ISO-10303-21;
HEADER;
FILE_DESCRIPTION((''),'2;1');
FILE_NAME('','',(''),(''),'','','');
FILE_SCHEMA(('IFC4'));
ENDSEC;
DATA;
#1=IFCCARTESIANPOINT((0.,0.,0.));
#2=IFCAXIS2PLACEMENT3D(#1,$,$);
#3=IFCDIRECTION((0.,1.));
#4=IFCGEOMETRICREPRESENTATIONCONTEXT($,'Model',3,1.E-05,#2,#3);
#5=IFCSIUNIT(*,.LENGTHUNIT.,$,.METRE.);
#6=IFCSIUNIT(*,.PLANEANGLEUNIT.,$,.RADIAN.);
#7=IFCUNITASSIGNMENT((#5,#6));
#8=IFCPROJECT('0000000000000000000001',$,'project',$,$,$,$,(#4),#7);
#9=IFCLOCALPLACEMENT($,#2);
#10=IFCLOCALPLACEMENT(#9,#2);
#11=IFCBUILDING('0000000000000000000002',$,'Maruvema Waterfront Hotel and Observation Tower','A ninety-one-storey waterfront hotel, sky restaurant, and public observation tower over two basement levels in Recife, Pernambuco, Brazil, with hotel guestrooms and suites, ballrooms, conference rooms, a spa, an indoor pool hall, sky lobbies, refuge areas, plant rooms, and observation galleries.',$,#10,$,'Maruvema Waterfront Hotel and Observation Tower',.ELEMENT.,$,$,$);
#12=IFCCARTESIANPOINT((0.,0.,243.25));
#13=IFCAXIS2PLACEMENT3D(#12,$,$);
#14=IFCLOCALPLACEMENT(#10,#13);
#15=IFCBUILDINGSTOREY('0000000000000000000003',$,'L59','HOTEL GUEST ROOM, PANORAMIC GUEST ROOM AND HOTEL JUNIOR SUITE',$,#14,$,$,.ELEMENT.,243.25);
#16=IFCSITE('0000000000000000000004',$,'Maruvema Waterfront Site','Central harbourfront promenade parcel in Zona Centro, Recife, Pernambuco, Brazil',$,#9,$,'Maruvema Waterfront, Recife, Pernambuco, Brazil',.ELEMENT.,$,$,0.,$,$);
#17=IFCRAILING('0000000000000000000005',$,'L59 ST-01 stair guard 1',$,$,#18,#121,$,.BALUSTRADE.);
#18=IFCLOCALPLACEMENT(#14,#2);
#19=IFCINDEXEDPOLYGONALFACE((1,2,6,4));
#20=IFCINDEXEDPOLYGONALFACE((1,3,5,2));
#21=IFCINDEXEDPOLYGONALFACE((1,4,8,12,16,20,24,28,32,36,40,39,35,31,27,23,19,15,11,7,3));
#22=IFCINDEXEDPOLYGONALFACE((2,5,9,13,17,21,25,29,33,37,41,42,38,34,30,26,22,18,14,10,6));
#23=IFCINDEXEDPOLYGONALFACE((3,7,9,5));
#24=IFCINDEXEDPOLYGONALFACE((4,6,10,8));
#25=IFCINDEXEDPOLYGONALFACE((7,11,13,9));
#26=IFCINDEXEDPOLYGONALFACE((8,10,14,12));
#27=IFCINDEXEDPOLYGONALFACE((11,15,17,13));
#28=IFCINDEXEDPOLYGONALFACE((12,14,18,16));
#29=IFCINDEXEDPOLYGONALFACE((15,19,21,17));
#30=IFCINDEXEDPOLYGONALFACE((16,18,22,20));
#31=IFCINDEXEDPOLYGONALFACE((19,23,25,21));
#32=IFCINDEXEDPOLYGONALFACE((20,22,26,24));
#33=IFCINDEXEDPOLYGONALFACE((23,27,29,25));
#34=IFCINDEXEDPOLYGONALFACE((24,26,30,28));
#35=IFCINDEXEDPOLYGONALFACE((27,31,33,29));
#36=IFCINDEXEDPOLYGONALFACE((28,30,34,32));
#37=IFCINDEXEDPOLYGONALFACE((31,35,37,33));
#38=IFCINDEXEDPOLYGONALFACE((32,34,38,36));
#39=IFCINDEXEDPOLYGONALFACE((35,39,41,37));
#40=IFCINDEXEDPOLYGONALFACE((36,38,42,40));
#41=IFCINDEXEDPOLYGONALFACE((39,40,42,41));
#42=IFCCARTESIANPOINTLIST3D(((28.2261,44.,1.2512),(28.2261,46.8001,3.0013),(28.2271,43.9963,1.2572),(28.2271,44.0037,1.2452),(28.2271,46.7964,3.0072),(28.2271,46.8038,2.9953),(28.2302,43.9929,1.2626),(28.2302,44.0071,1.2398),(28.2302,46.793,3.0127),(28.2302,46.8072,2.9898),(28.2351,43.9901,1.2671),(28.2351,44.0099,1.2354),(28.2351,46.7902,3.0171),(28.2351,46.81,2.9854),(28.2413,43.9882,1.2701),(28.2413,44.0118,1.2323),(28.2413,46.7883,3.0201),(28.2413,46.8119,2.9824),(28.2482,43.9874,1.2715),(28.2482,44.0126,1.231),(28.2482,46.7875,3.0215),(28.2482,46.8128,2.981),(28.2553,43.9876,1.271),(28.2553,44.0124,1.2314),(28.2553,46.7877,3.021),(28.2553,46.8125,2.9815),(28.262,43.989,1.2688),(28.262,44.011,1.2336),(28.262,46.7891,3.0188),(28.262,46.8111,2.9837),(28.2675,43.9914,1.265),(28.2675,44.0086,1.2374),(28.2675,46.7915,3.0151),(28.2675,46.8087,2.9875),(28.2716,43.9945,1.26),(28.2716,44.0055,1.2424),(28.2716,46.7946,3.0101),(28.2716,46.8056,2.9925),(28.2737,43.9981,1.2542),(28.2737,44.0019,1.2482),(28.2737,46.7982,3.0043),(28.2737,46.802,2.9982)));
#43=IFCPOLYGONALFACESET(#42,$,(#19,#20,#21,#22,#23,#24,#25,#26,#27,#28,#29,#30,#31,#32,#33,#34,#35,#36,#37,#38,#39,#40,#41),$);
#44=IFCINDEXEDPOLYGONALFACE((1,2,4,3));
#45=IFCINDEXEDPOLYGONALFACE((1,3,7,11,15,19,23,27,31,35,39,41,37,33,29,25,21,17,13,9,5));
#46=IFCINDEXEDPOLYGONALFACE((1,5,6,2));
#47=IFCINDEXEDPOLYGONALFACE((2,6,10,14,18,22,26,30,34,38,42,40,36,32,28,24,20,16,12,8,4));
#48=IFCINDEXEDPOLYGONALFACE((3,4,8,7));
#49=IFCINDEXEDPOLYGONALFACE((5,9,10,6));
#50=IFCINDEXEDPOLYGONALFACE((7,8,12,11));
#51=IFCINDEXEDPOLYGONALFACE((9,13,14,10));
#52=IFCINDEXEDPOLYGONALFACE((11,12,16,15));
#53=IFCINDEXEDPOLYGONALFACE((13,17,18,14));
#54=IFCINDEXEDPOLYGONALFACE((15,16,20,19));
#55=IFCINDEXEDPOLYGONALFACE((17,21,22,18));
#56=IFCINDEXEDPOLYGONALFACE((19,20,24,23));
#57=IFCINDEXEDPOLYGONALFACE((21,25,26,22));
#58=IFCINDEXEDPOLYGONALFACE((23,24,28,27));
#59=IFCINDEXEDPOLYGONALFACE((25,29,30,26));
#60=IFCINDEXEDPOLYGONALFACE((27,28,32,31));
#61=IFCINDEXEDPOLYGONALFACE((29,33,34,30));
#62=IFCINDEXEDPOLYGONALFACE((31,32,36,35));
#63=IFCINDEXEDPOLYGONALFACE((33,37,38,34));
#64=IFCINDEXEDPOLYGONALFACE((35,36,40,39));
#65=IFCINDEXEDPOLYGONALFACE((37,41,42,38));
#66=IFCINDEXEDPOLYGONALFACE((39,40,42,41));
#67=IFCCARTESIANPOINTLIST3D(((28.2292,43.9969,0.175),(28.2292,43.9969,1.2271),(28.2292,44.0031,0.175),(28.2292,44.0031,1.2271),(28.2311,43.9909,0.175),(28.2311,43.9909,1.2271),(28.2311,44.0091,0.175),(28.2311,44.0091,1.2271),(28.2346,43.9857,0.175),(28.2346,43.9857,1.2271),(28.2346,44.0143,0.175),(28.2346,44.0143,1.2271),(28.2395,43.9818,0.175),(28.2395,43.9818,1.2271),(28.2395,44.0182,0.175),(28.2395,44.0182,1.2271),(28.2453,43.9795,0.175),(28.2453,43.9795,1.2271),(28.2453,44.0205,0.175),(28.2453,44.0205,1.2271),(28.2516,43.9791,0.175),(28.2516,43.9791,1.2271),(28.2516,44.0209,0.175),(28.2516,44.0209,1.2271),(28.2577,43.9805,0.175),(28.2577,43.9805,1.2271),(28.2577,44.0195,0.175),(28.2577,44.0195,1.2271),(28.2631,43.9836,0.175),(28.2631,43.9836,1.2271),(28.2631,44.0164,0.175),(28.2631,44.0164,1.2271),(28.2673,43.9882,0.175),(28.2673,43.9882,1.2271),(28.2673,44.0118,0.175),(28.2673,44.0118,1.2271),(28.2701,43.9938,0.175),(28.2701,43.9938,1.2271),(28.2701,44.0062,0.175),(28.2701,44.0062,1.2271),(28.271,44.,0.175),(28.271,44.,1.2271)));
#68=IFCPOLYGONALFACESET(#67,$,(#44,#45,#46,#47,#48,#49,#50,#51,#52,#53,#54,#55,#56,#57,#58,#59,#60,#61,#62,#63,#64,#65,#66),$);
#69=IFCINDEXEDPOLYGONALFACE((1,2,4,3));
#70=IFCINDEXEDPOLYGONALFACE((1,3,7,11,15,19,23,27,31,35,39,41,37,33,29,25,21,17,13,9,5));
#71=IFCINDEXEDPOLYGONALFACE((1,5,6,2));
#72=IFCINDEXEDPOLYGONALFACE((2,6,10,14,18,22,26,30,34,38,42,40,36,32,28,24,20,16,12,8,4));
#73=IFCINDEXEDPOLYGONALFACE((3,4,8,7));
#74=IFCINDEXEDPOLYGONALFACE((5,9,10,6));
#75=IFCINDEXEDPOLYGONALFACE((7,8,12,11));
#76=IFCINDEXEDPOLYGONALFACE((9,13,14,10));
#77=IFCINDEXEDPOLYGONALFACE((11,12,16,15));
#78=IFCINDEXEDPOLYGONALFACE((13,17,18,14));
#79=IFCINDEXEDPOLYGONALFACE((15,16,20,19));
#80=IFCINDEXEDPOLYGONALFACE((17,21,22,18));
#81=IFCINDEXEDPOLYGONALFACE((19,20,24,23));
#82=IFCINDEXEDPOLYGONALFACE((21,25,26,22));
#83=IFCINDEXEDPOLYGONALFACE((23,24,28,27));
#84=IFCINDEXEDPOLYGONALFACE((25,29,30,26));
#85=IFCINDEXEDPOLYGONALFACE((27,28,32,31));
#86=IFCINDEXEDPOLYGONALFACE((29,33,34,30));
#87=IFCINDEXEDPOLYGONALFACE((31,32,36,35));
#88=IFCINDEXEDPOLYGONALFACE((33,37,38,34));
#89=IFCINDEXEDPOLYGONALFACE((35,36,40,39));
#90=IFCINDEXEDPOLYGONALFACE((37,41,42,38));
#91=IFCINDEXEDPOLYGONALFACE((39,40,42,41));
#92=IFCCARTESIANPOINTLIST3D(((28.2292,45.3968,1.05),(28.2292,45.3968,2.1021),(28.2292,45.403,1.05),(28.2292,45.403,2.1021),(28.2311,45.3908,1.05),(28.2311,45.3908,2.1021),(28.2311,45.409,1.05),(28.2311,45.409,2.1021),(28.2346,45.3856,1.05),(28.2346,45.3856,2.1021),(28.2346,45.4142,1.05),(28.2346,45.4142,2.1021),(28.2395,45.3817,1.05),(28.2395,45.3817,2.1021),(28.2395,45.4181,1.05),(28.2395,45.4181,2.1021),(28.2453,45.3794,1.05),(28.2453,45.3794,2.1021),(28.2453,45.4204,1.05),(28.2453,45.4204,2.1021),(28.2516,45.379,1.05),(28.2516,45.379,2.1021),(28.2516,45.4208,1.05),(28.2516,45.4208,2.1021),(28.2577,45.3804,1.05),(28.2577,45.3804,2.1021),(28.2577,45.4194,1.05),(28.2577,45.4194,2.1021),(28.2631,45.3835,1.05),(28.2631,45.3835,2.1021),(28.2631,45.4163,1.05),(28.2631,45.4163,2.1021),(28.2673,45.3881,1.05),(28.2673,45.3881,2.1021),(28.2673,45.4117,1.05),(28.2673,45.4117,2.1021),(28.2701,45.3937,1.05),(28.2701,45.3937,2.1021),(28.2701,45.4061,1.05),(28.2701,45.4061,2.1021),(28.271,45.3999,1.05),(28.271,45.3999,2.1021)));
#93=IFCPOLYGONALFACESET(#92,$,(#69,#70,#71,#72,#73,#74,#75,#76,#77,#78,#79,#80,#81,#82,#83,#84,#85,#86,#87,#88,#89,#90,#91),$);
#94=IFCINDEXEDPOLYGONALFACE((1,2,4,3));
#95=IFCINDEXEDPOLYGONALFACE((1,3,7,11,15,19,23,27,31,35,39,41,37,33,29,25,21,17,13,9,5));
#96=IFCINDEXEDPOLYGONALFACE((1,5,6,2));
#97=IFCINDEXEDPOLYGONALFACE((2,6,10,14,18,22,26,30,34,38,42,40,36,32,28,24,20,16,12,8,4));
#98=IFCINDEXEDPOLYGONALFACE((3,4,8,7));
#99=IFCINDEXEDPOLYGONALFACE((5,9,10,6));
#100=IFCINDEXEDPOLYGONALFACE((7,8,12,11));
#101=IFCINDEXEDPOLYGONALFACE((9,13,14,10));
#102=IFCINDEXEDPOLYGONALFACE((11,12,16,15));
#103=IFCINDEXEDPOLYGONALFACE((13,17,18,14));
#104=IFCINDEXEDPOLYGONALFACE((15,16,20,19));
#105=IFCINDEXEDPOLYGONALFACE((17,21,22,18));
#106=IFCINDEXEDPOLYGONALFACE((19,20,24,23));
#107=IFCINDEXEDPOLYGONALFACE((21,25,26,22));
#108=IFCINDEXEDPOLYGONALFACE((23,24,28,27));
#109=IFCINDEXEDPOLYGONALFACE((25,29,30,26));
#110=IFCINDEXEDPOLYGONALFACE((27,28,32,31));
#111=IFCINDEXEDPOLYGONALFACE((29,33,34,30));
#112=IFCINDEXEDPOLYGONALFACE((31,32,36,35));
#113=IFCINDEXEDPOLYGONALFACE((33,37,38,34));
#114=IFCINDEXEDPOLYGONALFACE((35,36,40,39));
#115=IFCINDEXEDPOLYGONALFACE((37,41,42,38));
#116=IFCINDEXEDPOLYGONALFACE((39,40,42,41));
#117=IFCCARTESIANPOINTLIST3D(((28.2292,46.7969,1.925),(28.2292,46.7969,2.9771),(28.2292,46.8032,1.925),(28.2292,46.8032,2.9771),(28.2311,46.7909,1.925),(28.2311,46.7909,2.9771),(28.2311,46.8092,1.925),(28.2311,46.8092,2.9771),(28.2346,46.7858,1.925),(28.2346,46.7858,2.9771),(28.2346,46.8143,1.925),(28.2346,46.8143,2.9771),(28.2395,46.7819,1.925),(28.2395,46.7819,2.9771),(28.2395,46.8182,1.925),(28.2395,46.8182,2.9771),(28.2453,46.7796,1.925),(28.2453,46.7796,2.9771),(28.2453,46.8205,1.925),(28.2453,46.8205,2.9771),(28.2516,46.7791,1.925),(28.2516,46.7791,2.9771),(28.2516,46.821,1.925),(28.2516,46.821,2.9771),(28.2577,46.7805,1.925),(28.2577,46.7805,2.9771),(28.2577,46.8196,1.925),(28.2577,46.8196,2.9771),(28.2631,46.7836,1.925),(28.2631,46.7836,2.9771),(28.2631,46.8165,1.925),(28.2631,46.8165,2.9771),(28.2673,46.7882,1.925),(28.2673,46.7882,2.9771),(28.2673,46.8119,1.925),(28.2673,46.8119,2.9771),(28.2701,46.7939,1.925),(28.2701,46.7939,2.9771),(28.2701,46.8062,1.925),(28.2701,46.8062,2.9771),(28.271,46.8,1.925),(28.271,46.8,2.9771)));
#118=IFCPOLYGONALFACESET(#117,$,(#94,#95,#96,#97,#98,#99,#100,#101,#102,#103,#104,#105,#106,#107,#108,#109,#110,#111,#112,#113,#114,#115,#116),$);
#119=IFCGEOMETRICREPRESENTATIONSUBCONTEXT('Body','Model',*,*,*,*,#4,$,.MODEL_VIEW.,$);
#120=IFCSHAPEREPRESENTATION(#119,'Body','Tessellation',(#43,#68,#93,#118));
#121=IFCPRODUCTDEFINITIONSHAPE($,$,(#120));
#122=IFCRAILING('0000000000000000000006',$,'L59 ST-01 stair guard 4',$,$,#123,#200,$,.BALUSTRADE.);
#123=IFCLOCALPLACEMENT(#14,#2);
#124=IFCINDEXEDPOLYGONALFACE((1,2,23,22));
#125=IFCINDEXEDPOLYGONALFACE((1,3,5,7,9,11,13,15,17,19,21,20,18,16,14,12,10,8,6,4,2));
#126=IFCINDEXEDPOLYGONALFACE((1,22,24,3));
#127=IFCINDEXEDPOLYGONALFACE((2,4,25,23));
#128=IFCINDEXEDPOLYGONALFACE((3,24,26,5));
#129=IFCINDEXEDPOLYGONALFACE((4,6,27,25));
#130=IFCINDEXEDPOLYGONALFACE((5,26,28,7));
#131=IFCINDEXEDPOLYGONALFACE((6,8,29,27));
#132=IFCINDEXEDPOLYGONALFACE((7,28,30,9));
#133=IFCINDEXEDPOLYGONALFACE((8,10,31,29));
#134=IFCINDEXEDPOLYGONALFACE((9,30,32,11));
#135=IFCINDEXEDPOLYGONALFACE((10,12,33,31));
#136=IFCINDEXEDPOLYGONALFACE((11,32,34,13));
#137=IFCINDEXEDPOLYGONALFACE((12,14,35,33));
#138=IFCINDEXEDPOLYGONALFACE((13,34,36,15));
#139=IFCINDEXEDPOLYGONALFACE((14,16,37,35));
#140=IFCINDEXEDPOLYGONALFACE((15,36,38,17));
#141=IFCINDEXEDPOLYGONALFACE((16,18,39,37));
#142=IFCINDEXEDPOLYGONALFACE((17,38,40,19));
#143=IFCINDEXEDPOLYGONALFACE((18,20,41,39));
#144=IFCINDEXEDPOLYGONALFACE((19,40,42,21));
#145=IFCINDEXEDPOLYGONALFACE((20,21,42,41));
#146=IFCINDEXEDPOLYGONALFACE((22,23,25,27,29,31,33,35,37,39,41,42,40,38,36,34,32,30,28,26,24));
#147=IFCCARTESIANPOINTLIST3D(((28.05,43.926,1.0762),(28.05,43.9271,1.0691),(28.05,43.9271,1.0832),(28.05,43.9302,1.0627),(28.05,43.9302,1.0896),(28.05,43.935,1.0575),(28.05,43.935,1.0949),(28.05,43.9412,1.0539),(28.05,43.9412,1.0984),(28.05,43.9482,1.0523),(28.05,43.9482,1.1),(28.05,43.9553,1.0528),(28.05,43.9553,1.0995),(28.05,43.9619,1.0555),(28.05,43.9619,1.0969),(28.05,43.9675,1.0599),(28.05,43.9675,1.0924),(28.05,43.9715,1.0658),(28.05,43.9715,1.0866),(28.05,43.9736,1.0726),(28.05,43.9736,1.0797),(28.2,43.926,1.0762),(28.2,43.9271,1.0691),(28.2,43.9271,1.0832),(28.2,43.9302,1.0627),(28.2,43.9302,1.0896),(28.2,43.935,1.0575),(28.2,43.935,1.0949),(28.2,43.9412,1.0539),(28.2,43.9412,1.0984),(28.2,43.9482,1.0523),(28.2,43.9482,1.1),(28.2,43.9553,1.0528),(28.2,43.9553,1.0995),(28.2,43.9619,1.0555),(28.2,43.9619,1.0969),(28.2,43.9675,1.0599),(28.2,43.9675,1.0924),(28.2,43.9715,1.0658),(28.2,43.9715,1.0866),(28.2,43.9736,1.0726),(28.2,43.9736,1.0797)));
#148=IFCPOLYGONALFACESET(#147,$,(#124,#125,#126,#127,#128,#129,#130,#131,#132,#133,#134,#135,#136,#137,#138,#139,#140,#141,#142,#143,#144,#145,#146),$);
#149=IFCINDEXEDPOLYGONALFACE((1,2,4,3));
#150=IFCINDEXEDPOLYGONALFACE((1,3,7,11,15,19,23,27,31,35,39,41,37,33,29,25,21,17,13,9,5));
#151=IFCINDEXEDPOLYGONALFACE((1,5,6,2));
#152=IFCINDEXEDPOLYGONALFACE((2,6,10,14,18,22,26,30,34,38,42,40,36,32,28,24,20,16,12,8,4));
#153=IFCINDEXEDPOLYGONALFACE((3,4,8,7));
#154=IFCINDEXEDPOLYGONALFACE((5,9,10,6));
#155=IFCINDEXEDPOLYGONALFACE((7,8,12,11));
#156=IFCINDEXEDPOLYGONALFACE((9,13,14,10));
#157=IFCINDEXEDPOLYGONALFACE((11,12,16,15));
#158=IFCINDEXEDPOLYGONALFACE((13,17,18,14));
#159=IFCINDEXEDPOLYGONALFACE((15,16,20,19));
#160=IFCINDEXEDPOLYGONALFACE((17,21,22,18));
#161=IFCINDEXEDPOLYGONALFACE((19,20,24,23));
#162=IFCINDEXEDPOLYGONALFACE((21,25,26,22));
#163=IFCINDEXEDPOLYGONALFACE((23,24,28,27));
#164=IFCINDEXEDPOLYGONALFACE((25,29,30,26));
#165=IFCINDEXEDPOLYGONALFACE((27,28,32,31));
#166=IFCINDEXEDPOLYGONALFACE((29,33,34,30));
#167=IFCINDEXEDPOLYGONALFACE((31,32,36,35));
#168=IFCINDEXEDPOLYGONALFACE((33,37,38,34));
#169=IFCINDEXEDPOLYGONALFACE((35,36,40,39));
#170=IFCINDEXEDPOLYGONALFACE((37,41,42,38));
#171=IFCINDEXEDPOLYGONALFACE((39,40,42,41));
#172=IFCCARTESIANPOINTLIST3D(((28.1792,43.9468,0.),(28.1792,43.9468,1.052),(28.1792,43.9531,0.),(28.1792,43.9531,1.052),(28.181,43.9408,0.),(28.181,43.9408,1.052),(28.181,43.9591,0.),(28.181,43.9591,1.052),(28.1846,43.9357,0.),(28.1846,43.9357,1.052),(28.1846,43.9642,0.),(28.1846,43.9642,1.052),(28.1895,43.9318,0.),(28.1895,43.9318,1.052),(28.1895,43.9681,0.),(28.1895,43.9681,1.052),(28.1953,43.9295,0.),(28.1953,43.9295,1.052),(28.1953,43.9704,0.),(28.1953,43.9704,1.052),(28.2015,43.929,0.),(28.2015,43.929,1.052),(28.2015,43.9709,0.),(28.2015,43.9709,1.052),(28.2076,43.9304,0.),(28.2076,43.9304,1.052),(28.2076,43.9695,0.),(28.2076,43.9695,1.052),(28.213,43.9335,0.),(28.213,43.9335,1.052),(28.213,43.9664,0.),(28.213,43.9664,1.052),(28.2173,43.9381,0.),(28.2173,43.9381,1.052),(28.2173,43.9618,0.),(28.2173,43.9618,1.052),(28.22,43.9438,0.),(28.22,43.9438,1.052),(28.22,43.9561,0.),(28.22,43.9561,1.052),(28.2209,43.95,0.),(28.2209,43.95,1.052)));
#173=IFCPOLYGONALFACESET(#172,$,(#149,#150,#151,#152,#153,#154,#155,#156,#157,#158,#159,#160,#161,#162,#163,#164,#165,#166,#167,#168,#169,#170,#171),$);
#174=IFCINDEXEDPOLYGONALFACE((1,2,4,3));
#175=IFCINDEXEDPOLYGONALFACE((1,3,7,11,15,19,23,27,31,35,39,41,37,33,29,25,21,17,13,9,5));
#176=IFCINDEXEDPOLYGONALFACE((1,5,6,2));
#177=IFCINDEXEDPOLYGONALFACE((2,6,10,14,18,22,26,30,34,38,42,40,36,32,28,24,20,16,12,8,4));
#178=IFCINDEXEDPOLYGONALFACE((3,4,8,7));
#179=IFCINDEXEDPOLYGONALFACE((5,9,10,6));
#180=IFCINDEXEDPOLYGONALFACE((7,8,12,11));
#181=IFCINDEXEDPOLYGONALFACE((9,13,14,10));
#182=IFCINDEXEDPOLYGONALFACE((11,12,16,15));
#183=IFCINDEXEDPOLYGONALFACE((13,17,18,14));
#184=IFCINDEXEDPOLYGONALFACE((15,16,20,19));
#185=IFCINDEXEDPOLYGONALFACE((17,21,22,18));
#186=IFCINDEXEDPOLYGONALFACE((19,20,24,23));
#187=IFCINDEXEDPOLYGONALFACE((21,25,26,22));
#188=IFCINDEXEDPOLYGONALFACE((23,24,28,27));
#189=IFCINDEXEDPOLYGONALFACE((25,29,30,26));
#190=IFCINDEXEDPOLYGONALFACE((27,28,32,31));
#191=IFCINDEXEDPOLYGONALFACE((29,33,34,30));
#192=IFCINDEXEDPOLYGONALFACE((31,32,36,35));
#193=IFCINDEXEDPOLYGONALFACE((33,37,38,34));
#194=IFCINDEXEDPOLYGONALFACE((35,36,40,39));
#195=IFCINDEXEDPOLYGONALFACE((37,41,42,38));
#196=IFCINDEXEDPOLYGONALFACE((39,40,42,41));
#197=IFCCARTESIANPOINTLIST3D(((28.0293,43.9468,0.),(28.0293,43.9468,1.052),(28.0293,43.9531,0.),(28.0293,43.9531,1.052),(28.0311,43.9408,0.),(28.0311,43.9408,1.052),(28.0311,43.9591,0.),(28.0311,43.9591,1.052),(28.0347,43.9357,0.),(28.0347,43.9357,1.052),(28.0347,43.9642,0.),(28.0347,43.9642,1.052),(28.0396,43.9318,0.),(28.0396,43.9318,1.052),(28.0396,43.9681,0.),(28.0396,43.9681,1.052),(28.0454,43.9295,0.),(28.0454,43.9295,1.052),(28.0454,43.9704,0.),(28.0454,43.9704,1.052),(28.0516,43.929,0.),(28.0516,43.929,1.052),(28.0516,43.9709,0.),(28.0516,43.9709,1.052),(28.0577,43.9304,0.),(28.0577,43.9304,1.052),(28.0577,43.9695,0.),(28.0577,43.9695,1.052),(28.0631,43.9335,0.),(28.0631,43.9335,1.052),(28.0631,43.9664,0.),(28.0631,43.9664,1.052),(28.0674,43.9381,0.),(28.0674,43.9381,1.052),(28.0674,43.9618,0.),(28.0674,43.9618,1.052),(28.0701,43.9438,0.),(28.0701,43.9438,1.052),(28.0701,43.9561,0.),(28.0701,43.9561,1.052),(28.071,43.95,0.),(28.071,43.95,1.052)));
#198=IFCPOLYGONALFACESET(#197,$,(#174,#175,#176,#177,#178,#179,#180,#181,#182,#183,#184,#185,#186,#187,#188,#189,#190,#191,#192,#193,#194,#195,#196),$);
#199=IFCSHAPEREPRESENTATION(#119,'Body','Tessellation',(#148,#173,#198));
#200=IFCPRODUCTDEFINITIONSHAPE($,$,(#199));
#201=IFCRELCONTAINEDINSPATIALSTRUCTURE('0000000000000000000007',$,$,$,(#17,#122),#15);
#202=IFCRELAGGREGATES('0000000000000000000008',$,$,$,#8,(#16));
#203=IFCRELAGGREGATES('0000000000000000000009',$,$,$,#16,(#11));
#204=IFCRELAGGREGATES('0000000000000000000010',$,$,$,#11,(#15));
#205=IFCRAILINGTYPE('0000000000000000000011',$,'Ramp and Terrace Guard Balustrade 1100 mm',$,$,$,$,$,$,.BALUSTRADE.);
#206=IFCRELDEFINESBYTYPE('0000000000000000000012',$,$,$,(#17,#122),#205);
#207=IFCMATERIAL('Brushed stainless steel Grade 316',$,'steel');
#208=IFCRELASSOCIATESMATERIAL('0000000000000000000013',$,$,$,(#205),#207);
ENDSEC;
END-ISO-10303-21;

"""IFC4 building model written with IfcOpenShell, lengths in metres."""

from ifc_helpers import new_model, si_unit, direction, frame, origin, origin_2d, place, context, subcontext, project, spatial, circle, extrude, material, type_object, element, save


model = new_model("IFC4")

# Units and contexts
model_context = context("Model", 3, precision=1e-05, world=origin(), true_north=direction((0.0, 1.0)))
body_context = subcontext(model_context, "Body", "Model", "MODEL_VIEW")
ifc_project = project(units=[si_unit("LENGTHUNIT", "METRE"), si_unit("PLANEANGLEUNIT", "RADIAN")], contexts=[model_context])

# Site, building, storey
site_placement = place(None, origin())
site = spatial("IfcSite", under=ifc_project, at=site_placement, Name="Maruvema Waterfront Site", Description="Central harbourfront promenade parcel in Zona Centro, Recife, Pernambuco, Brazil", LongName="Maruvema Waterfront, Recife, Pernambuco, Brazil", CompositionType="ELEMENT", RefElevation=0.0)
building_placement = place(site_placement, origin())
building = spatial("IfcBuilding", under=site, at=building_placement, Name="Maruvema Waterfront Hotel and Observation Tower", Description="A ninety-one-storey waterfront hotel, sky restaurant, and public observation tower over two basement levels in Recife, Pernambuco, Brazil, with hotel guestrooms and suites, ballrooms, conference rooms, a spa, an indoor pool hall, sky lobbies, refuge areas, plant rooms, and observation galleries.", LongName="Maruvema Waterfront Hotel and Observation Tower", CompositionType="ELEMENT")
storey_placement = place(building_placement, frame((0.0, 0.0, 243.25)))
storey = spatial("IfcBuildingStorey", under=building, at=storey_placement, Name="L59", Description="HOTEL GUEST ROOM, PANORAMIC GUEST ROOM AND HOTEL JUNIOR SUITE", CompositionType="ELEMENT", Elevation=243.25)

# Railings
ifc_material_1 = material(Name="Brushed stainless steel Grade 316", Category="steel")
railing_type_1 = type_object("IfcRailingType", Name="Ramp and Terrace Guard Balustrade 1100 mm", PredefinedType="BALUSTRADE", material=ifc_material_1)
railing_1_placement = place(storey_placement, frame((28.25, 44.0, 0.175)))
element("IfcRailing", 1, at=railing_1_placement, inside=storey, type_object=railing_type_1, Name="L59 ST-01 stair guard 1", PredefinedType="BALUSTRADE", context=body_context, shape_type="SweptSolid", body=[
    extrude(circle(Radius=0.0239, at=origin_2d()), frame((0.0, 0.0, 1.0762), z_axis=(0.0, 0.848002, 0.529992), x_axis=(-1.0, 0.0, 0.0)), (0.0, 0.0, 1.0), 3.302),
    extrude(circle(Radius=0.021, at=origin_2d()), origin(), (0.0, 0.0, 1.0), 1.052),
    extrude(circle(Radius=0.021, at=origin_2d()), frame((0.0, 1.3999, 0.875)), (0.0, 0.0, 1.0), 1.052),
    extrude(circle(Radius=0.021, at=origin_2d()), frame((0.0, 2.8, 1.75)), (0.0, 0.0, 1.0), 1.052),
])
railing_2_placement = place(storey_placement, frame((28.2, 43.95, 0.0)))
element("IfcRailing", 2, at=railing_2_placement, inside=storey, type_object=railing_type_1, Name="L59 ST-01 stair guard 4", PredefinedType="BALUSTRADE", context=body_context, shape_type="SweptSolid", body=[
    extrude(circle(Radius=0.0239, at=origin_2d()), frame((0.0, 0.0, 1.0762), z_axis=(-1.0, 0.0, 0.0), x_axis=(0.0, -1.0, 0.0)), (0.0, 0.0, 1.0), 0.1499),
    extrude(circle(Radius=0.021, at=origin_2d()), origin(), (0.0, 0.0, 1.0), 1.052),
    extrude(circle(Radius=0.021, at=origin_2d()), frame((-0.1499, 0.0, 0.0)), (0.0, 0.0, 1.0), 1.052),
])

save(model, "model.ifc")
